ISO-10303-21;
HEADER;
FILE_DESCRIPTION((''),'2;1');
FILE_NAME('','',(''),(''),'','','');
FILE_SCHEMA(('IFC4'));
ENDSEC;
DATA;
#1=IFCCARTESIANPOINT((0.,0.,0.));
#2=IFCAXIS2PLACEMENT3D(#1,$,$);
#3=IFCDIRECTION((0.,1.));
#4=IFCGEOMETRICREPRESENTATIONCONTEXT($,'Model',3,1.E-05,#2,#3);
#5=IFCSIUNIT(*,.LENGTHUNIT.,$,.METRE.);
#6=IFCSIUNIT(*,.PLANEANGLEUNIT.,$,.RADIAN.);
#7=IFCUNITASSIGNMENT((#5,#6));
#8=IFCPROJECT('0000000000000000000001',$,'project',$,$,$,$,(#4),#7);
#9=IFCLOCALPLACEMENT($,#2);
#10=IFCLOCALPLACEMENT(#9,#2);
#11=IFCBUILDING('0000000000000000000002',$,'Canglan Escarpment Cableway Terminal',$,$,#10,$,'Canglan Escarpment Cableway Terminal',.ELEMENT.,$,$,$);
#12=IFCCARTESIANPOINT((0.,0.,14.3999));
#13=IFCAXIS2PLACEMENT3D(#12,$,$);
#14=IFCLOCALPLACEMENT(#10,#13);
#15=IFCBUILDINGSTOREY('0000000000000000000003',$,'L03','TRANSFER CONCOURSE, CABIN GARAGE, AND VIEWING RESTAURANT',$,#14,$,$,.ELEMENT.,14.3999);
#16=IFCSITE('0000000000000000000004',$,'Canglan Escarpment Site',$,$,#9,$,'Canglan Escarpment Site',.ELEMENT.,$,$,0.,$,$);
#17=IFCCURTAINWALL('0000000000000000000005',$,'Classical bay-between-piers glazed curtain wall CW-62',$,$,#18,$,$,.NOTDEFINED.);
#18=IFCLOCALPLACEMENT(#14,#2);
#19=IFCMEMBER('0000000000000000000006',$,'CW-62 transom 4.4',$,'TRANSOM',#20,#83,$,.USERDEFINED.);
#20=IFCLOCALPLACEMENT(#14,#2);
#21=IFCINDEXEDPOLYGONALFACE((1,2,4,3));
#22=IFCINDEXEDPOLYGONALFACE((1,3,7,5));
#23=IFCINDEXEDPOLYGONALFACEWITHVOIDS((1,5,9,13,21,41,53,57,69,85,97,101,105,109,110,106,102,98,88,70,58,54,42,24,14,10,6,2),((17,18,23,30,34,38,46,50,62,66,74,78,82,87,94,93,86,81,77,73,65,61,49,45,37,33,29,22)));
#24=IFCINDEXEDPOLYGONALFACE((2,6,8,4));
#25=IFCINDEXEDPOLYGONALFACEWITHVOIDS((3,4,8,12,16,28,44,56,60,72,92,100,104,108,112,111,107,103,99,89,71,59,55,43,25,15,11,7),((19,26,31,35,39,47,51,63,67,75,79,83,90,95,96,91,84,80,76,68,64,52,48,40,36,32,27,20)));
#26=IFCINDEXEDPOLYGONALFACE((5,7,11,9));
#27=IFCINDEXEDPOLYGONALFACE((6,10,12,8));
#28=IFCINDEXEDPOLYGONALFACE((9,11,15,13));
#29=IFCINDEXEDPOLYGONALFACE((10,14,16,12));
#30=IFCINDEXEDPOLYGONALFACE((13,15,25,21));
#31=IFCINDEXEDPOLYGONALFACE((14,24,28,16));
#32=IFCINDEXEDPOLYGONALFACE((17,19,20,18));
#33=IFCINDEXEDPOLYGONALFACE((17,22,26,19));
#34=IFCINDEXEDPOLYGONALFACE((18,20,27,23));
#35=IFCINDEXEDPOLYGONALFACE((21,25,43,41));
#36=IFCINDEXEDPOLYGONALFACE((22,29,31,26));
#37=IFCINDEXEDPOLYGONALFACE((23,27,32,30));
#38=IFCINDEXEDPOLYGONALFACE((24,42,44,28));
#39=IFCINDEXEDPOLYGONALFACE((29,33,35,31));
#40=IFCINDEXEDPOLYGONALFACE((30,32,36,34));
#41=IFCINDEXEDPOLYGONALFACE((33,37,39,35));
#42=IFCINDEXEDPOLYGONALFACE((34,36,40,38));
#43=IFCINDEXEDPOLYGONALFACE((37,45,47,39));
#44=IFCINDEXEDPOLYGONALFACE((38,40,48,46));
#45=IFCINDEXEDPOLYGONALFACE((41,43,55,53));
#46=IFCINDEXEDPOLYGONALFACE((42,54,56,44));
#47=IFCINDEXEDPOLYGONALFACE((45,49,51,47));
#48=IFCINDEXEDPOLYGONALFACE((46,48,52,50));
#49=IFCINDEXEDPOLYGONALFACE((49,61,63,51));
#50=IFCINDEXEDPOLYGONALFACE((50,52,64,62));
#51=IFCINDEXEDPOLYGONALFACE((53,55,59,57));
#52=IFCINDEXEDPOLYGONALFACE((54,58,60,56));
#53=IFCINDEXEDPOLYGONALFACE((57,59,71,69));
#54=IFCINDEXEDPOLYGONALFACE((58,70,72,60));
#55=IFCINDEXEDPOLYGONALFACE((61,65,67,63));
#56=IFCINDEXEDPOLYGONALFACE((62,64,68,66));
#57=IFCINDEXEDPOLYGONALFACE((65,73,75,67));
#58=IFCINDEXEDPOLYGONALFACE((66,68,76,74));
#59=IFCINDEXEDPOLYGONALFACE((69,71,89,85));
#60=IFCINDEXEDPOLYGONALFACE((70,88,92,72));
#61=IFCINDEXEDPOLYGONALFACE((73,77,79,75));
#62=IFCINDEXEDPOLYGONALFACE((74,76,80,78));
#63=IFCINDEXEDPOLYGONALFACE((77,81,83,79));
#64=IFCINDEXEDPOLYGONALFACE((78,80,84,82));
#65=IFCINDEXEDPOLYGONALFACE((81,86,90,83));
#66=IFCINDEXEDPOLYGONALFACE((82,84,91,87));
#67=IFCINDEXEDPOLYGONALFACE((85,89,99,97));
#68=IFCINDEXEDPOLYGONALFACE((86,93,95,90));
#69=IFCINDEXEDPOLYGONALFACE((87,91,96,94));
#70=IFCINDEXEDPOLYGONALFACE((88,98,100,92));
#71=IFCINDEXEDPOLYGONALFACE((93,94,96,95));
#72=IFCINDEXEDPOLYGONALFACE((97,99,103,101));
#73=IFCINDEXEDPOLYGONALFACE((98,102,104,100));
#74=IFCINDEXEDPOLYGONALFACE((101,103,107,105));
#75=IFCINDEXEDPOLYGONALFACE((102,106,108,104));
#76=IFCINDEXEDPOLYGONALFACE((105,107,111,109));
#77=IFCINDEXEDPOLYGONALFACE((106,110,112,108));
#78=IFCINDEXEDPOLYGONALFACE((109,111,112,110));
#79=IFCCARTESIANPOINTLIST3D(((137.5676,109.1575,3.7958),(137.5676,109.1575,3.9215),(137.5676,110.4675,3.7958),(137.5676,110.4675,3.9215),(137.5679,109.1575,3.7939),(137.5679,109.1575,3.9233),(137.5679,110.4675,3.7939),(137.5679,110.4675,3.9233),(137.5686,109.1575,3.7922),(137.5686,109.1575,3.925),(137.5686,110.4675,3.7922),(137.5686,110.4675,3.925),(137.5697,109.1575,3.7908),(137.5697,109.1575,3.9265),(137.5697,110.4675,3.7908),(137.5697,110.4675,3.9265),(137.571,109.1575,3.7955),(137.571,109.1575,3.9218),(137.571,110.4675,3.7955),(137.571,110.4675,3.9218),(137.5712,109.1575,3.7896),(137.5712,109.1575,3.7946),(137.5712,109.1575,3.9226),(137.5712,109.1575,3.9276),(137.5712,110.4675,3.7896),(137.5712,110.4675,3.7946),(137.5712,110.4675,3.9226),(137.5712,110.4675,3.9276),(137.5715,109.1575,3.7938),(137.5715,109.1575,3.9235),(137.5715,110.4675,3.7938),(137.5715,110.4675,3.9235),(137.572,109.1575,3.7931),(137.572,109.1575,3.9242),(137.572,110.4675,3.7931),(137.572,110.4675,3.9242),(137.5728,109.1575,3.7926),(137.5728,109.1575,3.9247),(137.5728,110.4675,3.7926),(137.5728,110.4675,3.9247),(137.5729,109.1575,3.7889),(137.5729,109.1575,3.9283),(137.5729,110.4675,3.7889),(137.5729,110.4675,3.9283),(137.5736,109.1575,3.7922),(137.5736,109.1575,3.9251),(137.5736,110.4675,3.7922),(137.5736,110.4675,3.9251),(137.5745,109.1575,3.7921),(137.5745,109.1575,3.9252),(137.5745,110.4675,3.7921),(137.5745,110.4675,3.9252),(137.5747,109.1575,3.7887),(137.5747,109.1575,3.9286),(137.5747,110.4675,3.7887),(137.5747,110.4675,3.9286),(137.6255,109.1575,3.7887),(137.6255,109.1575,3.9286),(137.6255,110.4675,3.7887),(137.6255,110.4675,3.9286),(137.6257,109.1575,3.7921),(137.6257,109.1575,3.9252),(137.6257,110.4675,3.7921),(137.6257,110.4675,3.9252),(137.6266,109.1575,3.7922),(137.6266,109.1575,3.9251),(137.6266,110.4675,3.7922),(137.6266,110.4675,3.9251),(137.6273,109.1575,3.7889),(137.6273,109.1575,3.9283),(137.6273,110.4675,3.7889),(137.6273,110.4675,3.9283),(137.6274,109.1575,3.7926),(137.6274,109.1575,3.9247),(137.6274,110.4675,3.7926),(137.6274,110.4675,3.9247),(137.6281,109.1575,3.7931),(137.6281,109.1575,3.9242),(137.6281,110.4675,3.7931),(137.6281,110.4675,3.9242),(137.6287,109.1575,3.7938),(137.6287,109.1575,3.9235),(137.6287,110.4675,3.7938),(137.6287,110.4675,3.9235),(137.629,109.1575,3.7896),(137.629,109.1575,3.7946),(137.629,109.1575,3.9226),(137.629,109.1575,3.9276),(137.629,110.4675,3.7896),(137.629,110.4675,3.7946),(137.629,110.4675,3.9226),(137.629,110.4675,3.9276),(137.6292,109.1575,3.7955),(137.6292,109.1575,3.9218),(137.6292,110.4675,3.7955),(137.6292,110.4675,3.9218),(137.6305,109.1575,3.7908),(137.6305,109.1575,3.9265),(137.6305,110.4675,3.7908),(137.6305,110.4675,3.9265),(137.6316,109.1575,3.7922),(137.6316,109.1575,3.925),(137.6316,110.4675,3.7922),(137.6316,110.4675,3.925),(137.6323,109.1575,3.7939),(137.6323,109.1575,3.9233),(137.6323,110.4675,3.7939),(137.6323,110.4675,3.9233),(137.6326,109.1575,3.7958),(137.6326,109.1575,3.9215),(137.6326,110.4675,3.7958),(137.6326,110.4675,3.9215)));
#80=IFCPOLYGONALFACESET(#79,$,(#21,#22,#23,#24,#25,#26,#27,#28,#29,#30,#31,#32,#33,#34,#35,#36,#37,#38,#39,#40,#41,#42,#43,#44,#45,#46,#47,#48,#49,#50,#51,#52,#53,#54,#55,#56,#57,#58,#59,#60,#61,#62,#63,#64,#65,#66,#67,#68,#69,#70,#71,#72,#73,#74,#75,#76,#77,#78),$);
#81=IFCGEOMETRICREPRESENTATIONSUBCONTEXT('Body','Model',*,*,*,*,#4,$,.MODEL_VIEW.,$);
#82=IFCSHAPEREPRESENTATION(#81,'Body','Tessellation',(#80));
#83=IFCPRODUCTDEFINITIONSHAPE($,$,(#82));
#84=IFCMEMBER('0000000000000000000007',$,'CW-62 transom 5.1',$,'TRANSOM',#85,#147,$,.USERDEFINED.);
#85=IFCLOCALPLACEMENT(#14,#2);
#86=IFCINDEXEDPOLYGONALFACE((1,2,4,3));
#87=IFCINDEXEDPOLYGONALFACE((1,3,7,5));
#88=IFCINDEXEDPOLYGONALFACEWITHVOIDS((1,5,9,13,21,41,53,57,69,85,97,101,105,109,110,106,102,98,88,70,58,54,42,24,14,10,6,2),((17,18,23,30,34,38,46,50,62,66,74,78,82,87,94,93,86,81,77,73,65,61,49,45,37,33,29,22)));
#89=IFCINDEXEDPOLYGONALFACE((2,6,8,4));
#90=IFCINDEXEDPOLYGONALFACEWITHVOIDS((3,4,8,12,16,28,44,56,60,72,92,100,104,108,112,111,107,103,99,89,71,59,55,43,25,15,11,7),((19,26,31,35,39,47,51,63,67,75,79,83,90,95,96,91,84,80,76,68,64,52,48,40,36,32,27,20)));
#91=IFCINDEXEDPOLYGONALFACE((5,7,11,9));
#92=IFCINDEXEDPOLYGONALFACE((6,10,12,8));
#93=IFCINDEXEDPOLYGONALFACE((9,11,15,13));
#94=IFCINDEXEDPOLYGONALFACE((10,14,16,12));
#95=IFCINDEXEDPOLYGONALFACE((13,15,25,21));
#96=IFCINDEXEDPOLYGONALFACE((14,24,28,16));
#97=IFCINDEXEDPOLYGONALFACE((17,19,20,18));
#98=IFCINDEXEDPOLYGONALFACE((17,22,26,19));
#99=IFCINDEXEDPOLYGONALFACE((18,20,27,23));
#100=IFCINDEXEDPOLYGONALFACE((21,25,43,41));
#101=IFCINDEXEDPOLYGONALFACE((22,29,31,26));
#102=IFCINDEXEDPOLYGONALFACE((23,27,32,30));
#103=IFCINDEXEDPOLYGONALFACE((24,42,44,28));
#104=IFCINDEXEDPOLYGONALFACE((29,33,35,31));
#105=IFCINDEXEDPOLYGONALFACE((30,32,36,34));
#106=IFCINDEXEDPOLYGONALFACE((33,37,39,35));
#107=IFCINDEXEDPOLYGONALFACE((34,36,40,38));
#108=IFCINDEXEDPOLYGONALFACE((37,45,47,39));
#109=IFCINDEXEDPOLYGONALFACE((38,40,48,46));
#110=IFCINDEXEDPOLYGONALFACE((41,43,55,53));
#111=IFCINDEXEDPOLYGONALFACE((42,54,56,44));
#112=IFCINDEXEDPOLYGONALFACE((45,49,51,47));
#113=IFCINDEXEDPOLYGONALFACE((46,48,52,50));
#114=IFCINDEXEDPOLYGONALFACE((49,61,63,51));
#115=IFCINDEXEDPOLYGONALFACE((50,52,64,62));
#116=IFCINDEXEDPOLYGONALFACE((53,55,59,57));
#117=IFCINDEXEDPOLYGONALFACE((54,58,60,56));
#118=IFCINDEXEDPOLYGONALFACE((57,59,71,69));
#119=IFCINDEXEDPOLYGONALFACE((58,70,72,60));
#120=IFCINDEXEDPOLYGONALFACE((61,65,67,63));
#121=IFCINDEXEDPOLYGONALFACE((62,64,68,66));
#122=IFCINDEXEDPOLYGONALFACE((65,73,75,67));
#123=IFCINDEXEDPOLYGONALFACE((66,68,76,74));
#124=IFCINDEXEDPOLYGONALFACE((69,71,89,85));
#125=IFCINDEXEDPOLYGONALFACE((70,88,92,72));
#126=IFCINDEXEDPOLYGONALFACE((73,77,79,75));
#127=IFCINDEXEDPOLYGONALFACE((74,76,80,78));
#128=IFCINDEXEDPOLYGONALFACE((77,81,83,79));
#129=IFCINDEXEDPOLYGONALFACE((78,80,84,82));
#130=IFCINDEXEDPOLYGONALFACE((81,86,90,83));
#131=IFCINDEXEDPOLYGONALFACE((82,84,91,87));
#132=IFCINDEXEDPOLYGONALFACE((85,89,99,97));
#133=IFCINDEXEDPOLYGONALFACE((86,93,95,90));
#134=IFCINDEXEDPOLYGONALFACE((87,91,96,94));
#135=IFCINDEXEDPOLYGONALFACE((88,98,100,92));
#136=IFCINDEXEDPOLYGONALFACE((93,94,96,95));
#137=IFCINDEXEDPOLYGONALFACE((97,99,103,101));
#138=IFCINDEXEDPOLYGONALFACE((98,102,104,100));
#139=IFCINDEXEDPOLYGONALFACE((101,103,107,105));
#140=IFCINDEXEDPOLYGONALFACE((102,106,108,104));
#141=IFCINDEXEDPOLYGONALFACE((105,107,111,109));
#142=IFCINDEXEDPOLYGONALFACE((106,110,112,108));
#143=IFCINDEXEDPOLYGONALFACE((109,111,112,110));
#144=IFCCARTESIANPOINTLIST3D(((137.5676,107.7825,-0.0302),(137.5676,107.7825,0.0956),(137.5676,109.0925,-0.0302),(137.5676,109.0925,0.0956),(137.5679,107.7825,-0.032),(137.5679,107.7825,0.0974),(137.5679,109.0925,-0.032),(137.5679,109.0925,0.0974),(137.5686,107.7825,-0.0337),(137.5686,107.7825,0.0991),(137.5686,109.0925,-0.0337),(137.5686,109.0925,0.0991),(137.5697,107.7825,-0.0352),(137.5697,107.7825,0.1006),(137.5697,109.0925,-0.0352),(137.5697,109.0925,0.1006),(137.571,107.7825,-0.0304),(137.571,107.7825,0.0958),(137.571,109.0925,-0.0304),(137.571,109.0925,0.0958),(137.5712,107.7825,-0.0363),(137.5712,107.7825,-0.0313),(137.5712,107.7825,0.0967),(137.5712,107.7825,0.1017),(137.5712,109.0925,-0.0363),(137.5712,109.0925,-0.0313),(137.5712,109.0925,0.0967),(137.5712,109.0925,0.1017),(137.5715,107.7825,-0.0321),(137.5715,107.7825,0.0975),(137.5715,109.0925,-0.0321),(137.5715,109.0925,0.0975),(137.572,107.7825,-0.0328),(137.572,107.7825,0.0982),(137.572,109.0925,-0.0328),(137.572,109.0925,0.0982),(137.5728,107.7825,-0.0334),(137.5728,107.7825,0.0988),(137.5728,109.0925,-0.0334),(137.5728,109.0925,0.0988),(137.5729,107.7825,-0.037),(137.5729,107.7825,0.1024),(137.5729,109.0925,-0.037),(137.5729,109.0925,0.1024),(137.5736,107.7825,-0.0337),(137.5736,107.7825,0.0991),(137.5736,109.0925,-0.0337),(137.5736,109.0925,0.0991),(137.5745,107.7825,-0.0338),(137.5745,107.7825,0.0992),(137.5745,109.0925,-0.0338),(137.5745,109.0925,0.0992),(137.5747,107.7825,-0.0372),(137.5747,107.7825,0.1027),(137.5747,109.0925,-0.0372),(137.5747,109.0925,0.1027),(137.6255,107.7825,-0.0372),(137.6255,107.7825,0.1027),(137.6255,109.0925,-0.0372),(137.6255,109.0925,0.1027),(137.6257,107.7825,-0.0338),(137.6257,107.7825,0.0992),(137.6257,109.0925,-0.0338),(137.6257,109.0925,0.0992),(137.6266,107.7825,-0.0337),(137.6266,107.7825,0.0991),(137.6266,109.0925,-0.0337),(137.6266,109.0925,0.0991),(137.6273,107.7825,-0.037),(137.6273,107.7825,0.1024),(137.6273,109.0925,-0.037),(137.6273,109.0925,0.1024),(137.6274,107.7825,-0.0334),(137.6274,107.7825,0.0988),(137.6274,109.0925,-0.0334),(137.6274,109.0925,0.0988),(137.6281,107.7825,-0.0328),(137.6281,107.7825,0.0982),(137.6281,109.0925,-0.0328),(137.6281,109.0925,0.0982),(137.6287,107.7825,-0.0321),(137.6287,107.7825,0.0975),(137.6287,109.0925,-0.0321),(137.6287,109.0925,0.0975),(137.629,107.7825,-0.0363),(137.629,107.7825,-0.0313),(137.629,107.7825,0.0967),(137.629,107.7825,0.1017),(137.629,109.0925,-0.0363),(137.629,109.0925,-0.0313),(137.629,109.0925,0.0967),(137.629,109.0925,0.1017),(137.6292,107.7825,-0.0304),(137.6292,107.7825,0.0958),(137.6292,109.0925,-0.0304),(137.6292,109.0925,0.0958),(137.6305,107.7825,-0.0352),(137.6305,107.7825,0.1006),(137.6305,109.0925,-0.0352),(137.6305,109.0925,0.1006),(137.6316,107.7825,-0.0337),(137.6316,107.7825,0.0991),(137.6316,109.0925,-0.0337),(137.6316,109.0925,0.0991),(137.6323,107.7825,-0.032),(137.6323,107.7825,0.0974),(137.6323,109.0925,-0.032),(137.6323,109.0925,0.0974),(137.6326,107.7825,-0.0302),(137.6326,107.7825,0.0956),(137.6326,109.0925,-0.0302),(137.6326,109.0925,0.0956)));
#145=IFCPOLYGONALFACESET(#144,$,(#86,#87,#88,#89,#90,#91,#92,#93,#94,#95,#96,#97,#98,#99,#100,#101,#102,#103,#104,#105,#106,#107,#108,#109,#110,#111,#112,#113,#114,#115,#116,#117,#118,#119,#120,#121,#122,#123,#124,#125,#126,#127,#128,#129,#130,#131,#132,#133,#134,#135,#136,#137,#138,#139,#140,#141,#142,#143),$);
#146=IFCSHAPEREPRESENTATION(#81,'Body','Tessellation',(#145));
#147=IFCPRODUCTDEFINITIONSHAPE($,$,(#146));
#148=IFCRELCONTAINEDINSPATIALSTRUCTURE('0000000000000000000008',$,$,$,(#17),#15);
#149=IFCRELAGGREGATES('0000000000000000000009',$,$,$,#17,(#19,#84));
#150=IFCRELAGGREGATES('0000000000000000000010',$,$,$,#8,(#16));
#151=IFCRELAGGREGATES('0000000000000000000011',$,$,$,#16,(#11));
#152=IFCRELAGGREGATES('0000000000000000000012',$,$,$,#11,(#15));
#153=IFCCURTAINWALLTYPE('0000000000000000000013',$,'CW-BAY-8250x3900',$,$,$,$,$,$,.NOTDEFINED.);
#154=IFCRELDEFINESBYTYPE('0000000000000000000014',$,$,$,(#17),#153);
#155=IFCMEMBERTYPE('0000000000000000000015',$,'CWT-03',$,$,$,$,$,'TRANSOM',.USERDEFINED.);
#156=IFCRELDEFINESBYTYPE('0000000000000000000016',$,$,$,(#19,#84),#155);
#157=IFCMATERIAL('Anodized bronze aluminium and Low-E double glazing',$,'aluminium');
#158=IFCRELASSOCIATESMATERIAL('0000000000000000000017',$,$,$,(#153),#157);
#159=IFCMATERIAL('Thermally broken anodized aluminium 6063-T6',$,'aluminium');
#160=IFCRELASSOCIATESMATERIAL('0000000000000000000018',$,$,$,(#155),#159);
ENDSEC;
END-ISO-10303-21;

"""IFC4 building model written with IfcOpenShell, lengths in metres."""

from ifc_helpers import new_model, si_unit, direction, frame, origin, origin_2d, place, context, subcontext, project, spatial, hollow_rectangle, extrude, material, material_profile, profile_set, type_object, element, aggregate, save


model = new_model("IFC4")

# Units and contexts
model_context = context("Model", 3, precision=1e-05, world=origin(), true_north=direction((0.0, 1.0)))
body_context = subcontext(model_context, "Body", "Model", "MODEL_VIEW")
ifc_project = project(units=[si_unit("LENGTHUNIT", "METRE"), si_unit("PLANEANGLEUNIT", "RADIAN")], contexts=[model_context])

# Site, building, storey
site_placement = place(None, origin())
site = spatial("IfcSite", under=ifc_project, at=site_placement, Name="Canglan Escarpment Site", LongName="Canglan Escarpment Site", CompositionType="ELEMENT", RefElevation=0.0)
building_placement = place(site_placement, origin())
building = spatial("IfcBuilding", under=site, at=building_placement, Name="Canglan Escarpment Cableway Terminal", LongName="Canglan Escarpment Cableway Terminal", CompositionType="ELEMENT")
storey_placement = place(building_placement, frame((0.0, 0.0, 14.3999)))
storey = spatial("IfcBuildingStorey", under=building, at=storey_placement, Name="L03", Description="TRANSFER CONCOURSE, CABIN GARAGE, AND VIEWING RESTAURANT", CompositionType="ELEMENT", Elevation=14.3999)

# Curtain wall, members
ifc_material_1 = material(Name="Anodized bronze aluminium and Low-E double glazing", Category="aluminium")
curtain_wall_type = type_object("IfcCurtainWallType", Name="CW-BAY-8250x3900", PredefinedType="NOTDEFINED", material=ifc_material_1)
curtain_wall_placement = place(storey_placement, origin())
curtain_wall = element("IfcCurtainWall", 1, at=curtain_wall_placement, inside=storey, type_object=curtain_wall_type, Name="Classical bay-between-piers glazed curtain wall CW-62", PredefinedType="NOTDEFINED")
ifc_material_2 = material(Name="Thermally broken anodized aluminium 6063-T6", Category="aluminium")
ifc_material_profile_1 = material_profile(ifc_material_2, hollow_rectangle(XDim=0.0649, YDim=0.1399, WallThickness=0.0034, InnerFilletRadius=0.0034, OuterFilletRadius=0.0071, at=origin_2d()), Name="ALU-TRAN 65x140x3.5")
ifc_profile_set_1 = profile_set([ifc_material_profile_1], Name="Thermally broken anodized aluminium 6063-T6")
member_type_1 = type_object("IfcMemberType", Name="CWT-03", ElementType="TRANSOM", PredefinedType="USERDEFINED", material=ifc_profile_set_1)
member_1_placement = place(storey_placement, frame((137.6001, 110.4675, 3.8586), z_axis=(0.0, -1.0, 0.0), x_axis=(1.0, 0.0, 0.0)))
member_1 = element("IfcMember", 2, at=member_1_placement, type_object=member_type_1, Name="CW-62 transom 4.4", ObjectType="TRANSOM", PredefinedType="USERDEFINED", context=body_context, shape_type="SweptSolid", body=[
    extrude(hollow_rectangle(XDim=0.0649, YDim=0.1399, WallThickness=0.0034, InnerFilletRadius=0.0034, OuterFilletRadius=0.0071, at=origin_2d()), origin(), (0.0, 0.0, 1.0), 1.3101),
])
member_2_placement = place(storey_placement, frame((137.6001, 109.0925, 0.0327), z_axis=(0.0, -1.0, 0.0), x_axis=(1.0, 0.0, 0.0)))
member_2 = element("IfcMember", 3, at=member_2_placement, type_object=member_type_1, Name="CW-62 transom 5.1", ObjectType="TRANSOM", PredefinedType="USERDEFINED", context=body_context, shape_type="SweptSolid", body=[
    extrude(hollow_rectangle(XDim=0.0649, YDim=0.1399, WallThickness=0.0034, InnerFilletRadius=0.0034, OuterFilletRadius=0.0071, at=origin_2d()), origin(), (0.0, 0.0, 1.0), 1.3101),
])

aggregate(curtain_wall, [member_1, member_2])

save(model, "model.ifc")
